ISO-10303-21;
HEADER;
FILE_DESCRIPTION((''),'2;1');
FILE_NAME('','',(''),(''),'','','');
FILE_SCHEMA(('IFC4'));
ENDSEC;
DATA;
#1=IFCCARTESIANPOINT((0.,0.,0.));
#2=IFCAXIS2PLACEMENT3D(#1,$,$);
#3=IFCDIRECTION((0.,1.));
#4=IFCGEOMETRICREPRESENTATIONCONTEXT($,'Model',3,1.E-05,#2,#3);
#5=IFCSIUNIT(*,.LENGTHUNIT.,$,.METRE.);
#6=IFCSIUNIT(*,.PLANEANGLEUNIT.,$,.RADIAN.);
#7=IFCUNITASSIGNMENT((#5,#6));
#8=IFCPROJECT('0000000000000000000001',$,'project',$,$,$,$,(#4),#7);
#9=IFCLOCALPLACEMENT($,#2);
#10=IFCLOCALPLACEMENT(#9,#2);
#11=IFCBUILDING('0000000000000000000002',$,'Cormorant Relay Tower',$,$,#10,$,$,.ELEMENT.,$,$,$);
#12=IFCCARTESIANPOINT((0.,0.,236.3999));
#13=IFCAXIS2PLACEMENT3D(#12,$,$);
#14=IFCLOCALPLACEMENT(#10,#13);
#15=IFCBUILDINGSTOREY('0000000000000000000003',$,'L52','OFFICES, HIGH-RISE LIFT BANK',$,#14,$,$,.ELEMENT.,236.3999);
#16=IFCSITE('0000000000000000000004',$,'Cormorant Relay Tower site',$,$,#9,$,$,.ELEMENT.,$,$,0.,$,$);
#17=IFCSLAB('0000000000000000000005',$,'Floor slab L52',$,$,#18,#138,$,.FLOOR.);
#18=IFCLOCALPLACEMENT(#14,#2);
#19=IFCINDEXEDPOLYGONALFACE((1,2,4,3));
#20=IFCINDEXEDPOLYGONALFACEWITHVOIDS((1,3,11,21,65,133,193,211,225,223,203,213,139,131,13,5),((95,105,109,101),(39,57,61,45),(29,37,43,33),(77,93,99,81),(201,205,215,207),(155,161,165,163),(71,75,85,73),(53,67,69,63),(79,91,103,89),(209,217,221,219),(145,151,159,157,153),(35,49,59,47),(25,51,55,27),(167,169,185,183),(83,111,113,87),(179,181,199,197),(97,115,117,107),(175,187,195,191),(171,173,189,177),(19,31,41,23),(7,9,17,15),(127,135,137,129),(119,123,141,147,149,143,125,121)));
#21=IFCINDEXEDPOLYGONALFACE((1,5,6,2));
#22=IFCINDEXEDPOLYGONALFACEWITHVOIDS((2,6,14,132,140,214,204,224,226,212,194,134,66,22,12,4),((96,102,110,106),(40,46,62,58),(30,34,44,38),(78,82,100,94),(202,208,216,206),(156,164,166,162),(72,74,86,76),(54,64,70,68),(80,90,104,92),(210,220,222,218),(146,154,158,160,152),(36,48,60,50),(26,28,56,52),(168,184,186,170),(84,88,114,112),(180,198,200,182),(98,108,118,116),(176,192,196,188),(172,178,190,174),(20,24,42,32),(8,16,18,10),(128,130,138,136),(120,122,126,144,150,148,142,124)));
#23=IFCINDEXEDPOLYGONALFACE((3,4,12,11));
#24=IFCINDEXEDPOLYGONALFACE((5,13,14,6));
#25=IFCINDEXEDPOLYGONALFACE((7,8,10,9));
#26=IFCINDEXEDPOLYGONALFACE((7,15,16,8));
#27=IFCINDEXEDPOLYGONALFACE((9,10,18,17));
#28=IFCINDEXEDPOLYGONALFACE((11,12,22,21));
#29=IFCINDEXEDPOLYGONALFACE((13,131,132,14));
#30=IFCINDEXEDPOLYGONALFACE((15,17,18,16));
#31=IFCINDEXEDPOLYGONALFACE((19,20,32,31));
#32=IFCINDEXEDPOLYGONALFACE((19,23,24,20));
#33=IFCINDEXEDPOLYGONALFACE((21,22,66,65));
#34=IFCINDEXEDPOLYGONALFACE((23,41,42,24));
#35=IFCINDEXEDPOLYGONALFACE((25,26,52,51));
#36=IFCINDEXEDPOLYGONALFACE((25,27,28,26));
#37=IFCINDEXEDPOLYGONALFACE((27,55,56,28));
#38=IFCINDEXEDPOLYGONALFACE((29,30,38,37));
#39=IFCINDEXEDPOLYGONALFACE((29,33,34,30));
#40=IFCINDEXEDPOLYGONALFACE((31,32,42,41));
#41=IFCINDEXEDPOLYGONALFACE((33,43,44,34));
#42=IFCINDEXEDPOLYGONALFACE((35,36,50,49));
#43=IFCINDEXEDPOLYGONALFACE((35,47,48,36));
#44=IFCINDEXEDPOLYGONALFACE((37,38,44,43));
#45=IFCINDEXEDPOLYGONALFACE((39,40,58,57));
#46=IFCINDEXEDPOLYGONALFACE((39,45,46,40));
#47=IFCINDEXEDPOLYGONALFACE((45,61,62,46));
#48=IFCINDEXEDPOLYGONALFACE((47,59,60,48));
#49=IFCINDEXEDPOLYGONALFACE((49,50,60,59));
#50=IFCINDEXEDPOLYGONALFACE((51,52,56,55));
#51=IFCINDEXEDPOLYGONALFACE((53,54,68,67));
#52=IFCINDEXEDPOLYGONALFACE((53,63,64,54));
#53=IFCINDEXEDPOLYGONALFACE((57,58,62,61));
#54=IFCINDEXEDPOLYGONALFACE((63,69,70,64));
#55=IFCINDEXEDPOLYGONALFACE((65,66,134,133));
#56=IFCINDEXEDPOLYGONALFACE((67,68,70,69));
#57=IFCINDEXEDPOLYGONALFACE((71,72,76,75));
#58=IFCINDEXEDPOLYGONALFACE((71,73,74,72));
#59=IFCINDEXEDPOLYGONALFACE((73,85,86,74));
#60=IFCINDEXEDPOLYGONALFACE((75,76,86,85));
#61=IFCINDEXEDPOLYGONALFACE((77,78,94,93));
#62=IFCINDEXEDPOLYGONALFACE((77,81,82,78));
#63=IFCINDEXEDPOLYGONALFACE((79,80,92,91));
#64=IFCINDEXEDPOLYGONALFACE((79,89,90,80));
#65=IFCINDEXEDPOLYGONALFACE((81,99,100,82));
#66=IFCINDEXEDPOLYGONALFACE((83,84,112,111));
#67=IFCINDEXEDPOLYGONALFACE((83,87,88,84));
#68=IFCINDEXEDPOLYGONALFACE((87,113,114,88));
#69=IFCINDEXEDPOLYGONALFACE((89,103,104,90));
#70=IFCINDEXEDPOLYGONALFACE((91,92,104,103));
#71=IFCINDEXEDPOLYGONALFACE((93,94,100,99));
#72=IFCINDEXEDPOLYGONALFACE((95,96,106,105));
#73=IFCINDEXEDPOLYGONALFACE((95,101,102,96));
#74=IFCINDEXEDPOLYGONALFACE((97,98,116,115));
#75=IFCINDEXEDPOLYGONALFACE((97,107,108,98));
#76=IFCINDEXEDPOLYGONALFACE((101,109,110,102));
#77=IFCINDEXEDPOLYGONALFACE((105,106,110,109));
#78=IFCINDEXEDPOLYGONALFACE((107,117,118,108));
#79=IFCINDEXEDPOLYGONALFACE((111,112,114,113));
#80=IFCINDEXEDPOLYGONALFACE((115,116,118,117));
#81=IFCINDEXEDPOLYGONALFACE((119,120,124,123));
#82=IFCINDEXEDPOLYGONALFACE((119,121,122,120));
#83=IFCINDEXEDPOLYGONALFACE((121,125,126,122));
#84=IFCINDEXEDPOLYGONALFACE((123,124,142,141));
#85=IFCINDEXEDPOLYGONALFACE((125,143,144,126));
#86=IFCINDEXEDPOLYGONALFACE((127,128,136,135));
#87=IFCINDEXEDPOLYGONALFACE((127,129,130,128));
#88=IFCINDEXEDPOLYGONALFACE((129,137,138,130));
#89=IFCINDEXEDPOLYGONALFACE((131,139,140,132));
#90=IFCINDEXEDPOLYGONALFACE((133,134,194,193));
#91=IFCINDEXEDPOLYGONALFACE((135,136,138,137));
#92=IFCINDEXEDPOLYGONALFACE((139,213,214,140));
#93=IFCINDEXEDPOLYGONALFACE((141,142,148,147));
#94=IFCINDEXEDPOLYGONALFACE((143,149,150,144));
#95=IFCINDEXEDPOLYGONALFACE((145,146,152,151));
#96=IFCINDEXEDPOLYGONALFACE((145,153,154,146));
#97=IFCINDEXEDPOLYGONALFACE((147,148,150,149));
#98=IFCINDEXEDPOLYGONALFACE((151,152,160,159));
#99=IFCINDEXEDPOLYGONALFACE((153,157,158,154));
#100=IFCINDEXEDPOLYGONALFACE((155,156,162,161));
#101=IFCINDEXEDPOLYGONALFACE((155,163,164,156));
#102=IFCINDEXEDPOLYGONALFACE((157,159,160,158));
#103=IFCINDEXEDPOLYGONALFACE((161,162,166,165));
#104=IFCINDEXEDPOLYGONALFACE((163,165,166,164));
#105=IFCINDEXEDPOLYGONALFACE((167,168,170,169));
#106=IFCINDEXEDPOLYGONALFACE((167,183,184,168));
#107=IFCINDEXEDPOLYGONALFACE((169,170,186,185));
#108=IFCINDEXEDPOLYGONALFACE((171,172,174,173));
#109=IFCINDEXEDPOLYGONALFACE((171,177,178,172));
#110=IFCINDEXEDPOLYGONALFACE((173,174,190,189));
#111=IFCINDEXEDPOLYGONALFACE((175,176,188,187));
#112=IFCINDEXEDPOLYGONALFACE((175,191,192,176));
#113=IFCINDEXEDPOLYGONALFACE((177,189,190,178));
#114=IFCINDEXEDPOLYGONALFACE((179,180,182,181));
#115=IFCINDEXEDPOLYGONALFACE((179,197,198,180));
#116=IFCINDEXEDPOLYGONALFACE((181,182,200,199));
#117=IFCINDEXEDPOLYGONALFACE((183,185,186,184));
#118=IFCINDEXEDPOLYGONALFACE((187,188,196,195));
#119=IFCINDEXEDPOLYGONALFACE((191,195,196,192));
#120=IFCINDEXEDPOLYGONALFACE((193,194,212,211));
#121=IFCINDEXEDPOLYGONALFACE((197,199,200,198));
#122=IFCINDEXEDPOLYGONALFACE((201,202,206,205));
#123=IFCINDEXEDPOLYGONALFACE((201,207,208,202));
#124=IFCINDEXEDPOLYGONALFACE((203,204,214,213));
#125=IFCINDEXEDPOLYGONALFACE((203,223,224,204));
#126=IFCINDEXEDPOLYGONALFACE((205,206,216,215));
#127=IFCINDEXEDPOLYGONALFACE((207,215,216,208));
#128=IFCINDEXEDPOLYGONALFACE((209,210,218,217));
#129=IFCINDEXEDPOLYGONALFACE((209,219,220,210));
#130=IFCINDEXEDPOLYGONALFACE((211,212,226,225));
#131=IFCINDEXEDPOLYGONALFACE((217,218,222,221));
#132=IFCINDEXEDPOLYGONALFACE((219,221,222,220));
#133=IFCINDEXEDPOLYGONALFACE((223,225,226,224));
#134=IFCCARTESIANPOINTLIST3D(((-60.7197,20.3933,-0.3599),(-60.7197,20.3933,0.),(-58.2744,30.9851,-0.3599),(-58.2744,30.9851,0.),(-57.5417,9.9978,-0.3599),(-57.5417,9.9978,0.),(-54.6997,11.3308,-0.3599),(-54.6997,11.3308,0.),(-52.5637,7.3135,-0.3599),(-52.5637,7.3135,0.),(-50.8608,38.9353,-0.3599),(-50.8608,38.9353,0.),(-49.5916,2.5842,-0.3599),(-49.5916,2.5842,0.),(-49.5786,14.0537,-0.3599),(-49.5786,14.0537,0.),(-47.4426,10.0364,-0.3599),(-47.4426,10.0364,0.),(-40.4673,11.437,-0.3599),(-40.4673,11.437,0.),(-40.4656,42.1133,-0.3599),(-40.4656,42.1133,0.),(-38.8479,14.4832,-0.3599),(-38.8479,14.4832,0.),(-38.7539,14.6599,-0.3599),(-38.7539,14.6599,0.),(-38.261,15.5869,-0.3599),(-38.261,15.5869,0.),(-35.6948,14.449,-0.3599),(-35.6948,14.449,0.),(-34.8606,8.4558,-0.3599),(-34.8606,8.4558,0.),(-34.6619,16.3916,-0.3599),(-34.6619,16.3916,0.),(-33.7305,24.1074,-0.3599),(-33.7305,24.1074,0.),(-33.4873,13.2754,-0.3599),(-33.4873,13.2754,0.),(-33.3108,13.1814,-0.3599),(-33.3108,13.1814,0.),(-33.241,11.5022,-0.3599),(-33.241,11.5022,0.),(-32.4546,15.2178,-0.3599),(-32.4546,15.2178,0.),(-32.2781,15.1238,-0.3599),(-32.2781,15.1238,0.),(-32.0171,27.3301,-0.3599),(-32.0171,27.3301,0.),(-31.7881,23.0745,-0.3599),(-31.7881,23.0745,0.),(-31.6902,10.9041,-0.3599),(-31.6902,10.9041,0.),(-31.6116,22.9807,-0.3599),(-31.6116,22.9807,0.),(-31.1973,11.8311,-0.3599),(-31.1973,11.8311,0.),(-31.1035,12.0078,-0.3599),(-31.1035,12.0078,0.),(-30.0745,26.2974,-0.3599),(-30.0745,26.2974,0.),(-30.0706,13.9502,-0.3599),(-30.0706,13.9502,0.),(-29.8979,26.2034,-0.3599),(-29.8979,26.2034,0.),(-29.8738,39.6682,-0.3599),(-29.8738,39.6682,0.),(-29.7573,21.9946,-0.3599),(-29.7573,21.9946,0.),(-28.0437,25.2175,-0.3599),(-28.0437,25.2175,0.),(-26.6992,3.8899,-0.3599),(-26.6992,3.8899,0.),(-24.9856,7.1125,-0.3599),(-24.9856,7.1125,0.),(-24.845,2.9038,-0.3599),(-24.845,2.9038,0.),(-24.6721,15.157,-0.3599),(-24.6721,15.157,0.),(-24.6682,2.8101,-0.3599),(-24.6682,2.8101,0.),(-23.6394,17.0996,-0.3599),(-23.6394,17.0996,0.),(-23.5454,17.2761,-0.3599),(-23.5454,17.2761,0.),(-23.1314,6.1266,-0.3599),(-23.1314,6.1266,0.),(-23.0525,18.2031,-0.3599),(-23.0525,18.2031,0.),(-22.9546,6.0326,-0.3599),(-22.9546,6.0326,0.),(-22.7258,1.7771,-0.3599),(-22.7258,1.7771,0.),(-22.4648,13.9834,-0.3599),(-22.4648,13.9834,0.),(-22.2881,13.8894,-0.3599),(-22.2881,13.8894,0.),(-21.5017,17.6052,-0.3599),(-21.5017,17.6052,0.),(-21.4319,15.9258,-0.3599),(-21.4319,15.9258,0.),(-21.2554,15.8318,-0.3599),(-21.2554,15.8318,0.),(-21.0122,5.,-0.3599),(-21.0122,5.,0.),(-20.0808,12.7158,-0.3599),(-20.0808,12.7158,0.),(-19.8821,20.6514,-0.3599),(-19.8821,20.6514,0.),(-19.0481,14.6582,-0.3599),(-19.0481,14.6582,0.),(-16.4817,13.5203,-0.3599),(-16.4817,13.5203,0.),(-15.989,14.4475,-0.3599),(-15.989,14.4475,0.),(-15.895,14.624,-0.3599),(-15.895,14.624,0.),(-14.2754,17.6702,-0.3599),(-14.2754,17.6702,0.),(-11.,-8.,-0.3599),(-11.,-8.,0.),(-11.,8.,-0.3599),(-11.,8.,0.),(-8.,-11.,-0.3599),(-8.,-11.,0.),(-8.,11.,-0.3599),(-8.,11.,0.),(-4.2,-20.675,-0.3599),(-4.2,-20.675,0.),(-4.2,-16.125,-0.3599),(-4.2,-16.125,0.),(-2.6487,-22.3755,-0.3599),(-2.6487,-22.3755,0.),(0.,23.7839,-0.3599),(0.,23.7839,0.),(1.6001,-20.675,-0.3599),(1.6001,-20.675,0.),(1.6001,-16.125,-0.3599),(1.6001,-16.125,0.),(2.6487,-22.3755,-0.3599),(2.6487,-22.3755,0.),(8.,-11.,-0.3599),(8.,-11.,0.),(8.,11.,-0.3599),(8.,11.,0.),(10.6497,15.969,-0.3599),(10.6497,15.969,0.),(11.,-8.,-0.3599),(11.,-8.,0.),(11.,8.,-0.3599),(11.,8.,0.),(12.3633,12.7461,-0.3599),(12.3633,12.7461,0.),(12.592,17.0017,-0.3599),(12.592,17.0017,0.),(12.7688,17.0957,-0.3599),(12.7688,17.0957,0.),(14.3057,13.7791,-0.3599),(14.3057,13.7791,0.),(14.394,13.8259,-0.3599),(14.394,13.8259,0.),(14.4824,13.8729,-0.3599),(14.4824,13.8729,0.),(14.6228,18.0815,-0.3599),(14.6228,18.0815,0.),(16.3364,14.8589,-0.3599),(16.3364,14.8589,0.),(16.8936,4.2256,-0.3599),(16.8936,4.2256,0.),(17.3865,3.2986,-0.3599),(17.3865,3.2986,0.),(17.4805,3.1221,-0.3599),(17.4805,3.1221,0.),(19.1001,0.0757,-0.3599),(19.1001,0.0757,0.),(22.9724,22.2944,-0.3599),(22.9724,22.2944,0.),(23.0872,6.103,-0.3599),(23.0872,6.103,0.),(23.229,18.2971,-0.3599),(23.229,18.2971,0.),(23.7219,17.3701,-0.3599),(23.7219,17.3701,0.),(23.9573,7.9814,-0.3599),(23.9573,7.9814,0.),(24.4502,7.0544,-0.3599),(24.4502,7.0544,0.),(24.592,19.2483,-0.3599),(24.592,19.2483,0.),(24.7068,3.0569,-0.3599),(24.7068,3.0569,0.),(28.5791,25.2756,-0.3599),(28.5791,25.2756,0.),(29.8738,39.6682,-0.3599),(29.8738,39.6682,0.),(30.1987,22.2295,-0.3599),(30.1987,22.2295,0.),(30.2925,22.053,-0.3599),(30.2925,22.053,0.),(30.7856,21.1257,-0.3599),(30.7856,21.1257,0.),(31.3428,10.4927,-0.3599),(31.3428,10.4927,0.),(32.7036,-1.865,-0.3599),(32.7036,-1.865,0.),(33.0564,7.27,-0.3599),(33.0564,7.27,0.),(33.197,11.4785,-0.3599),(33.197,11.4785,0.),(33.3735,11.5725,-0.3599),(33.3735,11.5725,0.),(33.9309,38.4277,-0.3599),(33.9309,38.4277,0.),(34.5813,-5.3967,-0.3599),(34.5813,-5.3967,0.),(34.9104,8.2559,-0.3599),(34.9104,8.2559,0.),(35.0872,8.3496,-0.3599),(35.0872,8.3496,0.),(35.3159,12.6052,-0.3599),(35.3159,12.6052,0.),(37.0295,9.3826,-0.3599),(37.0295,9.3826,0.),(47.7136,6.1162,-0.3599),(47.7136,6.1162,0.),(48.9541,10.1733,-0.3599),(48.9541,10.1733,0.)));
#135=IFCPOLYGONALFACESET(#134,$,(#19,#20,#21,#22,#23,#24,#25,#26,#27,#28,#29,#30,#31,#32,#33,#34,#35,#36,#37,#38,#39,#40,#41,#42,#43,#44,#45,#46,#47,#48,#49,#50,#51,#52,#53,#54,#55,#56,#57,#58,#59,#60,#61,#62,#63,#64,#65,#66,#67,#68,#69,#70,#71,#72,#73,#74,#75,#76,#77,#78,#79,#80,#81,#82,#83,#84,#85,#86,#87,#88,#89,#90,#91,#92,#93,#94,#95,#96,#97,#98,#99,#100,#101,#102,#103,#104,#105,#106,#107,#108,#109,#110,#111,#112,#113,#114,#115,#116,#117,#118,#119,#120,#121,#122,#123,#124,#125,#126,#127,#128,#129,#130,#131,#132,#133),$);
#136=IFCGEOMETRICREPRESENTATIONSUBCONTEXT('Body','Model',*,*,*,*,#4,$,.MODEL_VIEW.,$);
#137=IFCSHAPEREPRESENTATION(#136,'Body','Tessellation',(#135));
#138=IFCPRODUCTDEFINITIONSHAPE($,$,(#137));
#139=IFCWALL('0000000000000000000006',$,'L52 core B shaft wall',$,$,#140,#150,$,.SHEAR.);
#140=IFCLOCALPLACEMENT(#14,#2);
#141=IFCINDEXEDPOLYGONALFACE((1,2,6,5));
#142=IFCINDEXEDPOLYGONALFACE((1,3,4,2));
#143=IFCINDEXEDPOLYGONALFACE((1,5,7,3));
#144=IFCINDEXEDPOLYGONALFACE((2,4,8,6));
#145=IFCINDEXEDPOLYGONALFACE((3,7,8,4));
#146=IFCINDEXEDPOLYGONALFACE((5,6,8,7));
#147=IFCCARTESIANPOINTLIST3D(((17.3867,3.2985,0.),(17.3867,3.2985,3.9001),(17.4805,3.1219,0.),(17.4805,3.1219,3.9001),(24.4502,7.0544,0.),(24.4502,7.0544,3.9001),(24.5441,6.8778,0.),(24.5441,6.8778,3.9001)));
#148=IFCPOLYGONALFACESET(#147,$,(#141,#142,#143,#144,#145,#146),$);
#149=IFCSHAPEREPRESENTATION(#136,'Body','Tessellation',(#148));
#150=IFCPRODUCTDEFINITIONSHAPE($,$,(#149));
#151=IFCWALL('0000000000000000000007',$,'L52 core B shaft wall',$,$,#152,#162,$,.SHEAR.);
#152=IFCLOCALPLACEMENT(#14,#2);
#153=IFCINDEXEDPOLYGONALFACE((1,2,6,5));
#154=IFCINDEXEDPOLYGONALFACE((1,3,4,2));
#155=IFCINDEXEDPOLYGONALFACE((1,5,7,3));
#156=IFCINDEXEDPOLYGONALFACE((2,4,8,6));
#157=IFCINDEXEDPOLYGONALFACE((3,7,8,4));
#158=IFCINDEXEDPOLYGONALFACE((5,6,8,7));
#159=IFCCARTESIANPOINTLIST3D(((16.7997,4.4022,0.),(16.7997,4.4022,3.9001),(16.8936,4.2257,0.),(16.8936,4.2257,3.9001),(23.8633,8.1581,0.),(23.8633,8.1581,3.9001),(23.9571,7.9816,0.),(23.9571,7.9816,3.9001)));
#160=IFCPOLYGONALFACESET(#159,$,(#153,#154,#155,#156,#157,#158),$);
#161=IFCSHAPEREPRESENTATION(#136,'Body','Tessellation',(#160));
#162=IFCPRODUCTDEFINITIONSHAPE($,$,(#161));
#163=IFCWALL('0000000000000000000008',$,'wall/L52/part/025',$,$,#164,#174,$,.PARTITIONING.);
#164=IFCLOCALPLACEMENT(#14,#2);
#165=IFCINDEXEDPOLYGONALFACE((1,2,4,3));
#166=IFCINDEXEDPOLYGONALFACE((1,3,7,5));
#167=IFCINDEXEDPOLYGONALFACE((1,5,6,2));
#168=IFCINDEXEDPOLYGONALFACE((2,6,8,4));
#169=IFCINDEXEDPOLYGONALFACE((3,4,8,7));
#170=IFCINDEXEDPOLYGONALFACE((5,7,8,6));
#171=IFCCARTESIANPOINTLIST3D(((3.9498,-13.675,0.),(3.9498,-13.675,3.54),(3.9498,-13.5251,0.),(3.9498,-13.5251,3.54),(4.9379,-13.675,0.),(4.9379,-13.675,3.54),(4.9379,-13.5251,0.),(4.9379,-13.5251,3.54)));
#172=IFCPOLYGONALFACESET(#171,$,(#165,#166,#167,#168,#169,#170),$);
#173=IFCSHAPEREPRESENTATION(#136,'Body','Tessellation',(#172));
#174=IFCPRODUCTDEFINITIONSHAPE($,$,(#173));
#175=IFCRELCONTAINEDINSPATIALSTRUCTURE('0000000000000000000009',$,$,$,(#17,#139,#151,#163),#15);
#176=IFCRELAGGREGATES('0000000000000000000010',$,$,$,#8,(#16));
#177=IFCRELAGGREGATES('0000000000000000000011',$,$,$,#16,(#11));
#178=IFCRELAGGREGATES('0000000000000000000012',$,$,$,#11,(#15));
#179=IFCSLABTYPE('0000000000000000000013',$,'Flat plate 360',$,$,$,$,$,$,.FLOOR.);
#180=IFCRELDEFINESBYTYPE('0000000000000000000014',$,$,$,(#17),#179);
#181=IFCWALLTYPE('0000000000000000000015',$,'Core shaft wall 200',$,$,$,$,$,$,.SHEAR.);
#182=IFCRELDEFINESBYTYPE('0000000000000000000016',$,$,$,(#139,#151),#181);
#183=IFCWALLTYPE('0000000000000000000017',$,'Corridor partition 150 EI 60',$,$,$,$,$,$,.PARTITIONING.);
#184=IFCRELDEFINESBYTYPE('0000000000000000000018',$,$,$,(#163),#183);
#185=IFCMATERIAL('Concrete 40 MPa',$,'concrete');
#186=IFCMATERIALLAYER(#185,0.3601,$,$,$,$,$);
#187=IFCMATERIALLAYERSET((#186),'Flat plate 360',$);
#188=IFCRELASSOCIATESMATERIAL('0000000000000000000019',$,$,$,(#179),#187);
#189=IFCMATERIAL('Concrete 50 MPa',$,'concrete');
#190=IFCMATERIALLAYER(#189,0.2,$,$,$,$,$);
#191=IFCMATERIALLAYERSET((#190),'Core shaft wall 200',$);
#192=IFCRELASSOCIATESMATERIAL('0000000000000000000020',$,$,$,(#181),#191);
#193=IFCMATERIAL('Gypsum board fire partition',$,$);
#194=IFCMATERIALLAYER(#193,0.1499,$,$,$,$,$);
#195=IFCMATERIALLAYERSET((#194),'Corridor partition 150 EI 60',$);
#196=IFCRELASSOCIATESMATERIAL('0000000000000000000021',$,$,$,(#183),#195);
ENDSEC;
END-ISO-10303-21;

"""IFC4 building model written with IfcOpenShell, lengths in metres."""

from ifc_helpers import new_model, si_unit, direction, frame, frame_2d, origin, place, context, subcontext, project, spatial, polyline, rectangle, outline, extrude, material, layer, layer_set, type_object, element, save


model = new_model("IFC4")

# Units and contexts
model_context = context("Model", 3, precision=1e-05, world=origin(), true_north=direction((0.0, 1.0)))
body_context = subcontext(model_context, "Body", "Model", "MODEL_VIEW")
ifc_project = project(units=[si_unit("LENGTHUNIT", "METRE"), si_unit("PLANEANGLEUNIT", "RADIAN")], contexts=[model_context])

# Site, building, storey
site_placement = place(None, origin())
site = spatial("IfcSite", under=ifc_project, at=site_placement, Name="Cormorant Relay Tower site", CompositionType="ELEMENT", RefElevation=0.0)
building_placement = place(site_placement, origin())
building = spatial("IfcBuilding", under=site, at=building_placement, Name="Cormorant Relay Tower", CompositionType="ELEMENT")
storey_placement = place(building_placement, frame((0.0, 0.0, 236.3999)))
storey = spatial("IfcBuildingStorey", under=building, at=storey_placement, Name="L52", Description="OFFICES, HIGH-RISE LIFT BANK", CompositionType="ELEMENT", Elevation=236.3999)

# Slab
ifc_material_1 = material(Name="Concrete 40 MPa", Category="concrete")
ifc_layer_1 = layer(ifc_material_1, 0.3601)
ifc_layer_set_1 = layer_set([ifc_layer_1], Name="Flat plate 360")
slab_type_1 = type_object("IfcSlabType", Name="Flat plate 360", PredefinedType="FLOOR", material=ifc_layer_set_1)
slab_1_placement = place(storey_placement, frame((0.0, 0.0, -0.3599)))
element("IfcSlab", 1, at=slab_1_placement, inside=storey, type_object=slab_type_1, Name="Floor slab L52", PredefinedType="FLOOR", context=body_context, shape_type="SweptSolid", body=[
    extrude(outline(polyline([(-60.7197, 20.3933), (-58.2744, 30.9851), (-50.8608, 38.9353), (-40.4656, 42.1133), (-29.8738, 39.6682), (0.0, 23.7839), (29.8738, 39.6682), (33.9309, 38.4277), (48.9541, 10.1733), (47.7136, 6.1162), (32.7036, -1.865), (34.5813, -5.3967), (2.6487, -22.3755), (-2.6487, -22.3755), (-49.5916, 2.5842), (-57.5417, 9.9978), (-60.7197, 20.3933)]), holes=[polyline([(11.0, -8.0), (11.0, 8.0), (8.0, 11.0), (-8.0, 11.0), (-11.0, 8.0), (-11.0, -8.0), (-8.0, -11.0), (8.0, -11.0), (11.0, -8.0)]), polyline([(-22.9546, 6.0327), (-24.6682, 2.8101), (-22.7258, 1.7771), (-21.0122, 5.0), (-23.043, 6.0796), (-22.9546, 6.0327)]), polyline([(-24.9856, 7.1125), (-26.6992, 3.8899), (-24.845, 2.9038), (-23.1313, 6.1267), (-23.043, 6.0796), (-24.9856, 7.1125)]), polyline([(-54.6997, 11.3308), (-52.5637, 7.3135), (-47.4426, 10.0364), (-49.5786, 14.0537), (-54.6997, 11.3308)]), polyline([(-33.241, 11.5022), (-38.8479, 14.4832), (-40.4673, 11.437), (-34.8606, 8.4558), (-33.241, 11.5022)]), polyline([(-38.261, 15.5869), (-38.7539, 14.6599), (-31.6902, 10.9041), (-31.1973, 11.8311), (-38.261, 15.5869)]), polyline([(-31.1035, 12.0078), (-30.0706, 13.9502), (-32.2781, 15.1238), (-33.3108, 13.1814), (-31.1035, 12.0078)]), polyline([(-22.2881, 13.8894), (-20.0808, 12.7158), (-19.0481, 14.6582), (-21.2554, 15.8318), (-22.2881, 13.8894)]), polyline([(-34.6619, 16.3916), (-35.6948, 14.449), (-33.4873, 13.2754), (-32.4546, 15.2178), (-34.6619, 16.3916)]), polyline([(-22.4648, 13.9834), (-21.4319, 15.9258), (-23.6394, 17.0996), (-24.6721, 15.157), (-22.4648, 13.9834)]), polyline([(-31.6116, 22.9807), (-29.7573, 21.9946), (-28.0437, 25.2175), (-29.8979, 26.2034), (-31.6116, 22.9807)]), polyline([(-32.0171, 27.3301), (-33.7305, 24.1074), (-31.7881, 23.0745), (-30.0745, 26.2974), (-32.0171, 27.3301)]), polyline([(-4.2, -16.125), (-4.2, -20.675), (1.6001, -20.675), (1.6001, -16.125), (-4.2, -16.125)]), polyline([(17.4805, 3.1221), (19.1001, 0.0757), (24.7068, 3.0569), (23.0872, 6.103), (17.4805, 3.1221)]), polyline([(17.3865, 3.2986), (24.4502, 7.0544), (23.9573, 7.9814), (16.8936, 4.2256), (17.3865, 3.2986)]), polyline([(33.197, 11.4785), (31.3428, 10.4927), (33.0564, 7.27), (34.9104, 8.2559), (33.197, 11.4785)]), polyline([(33.3735, 11.5725), (35.0872, 8.3496), (37.0295, 9.3826), (35.3159, 12.6052), (33.3735, 11.5725)]), polyline([(14.3057, 13.7791), (12.592, 17.0017), (10.6497, 15.969), (12.3633, 12.7461), (14.394, 13.8259), (14.3057, 13.7791)]), polyline([(16.3364, 14.8589), (14.6228, 18.0815), (12.7688, 17.0957), (14.4824, 13.8728), (14.394, 13.8259), (16.3364, 14.8589)]), polyline([(-16.4817, 13.5203), (-15.989, 14.4475), (-23.0525, 18.2031), (-23.5454, 17.2761), (-16.4817, 13.5203)]), polyline([(-15.895, 14.624), (-14.2754, 17.6702), (-19.8821, 20.6514), (-21.5017, 17.6052), (-15.895, 14.624)]), polyline([(30.7856, 21.1257), (30.2925, 22.053), (23.229, 18.2971), (23.7219, 17.3701), (30.7856, 21.1257)]), polyline([(24.592, 19.2483), (30.1987, 22.2295), (28.5791, 25.2756), (22.9724, 22.2944), (24.592, 19.2483)])]), origin(), (0.0, 0.0, 1.0), 0.3599),
])

# Walls
ifc_material_2 = material(Name="Concrete 50 MPa", Category="concrete")
ifc_layer_2 = layer(ifc_material_2, 0.2)
ifc_layer_set_2 = layer_set([ifc_layer_2], Name="Core shaft wall 200")
wall_type_1 = type_object("IfcWallType", Name="Core shaft wall 200", PredefinedType="SHEAR", material=ifc_layer_set_2)
for number, where, z_axis, x_axis, name in (
    (2, (17.4336, 3.2102, 0.0), (0.0, 0.0, 1.0), (0.88294, 0.469485, 0.0), "L52 core B shaft wall"),
    (3, (16.8467, 4.314, 0.0), (0.0, 0.0, 1.0), (0.88294, 0.469485, 0.0), "L52 core B shaft wall"),
):
    element("IfcWall", number, at=place(storey_placement, frame(where, z_axis=z_axis, x_axis=x_axis)), inside=storey, type_object=wall_type_1, Name=name, PredefinedType="SHEAR", context=body_context, shape_type="SweptSolid", body=[
        extrude(rectangle(XDim=8.0, YDim=0.2, at=frame_2d((4.0, 0.0))), origin(), (0.0, 0.0, 1.0), 3.9001),
    ])
ifc_material_3 = material(Name="Gypsum board fire partition")
ifc_layer_3 = layer(ifc_material_3, 0.1499)
ifc_layer_set_3 = layer_set([ifc_layer_3], Name="Corridor partition 150 EI 60")
wall_type_2 = type_object("IfcWallType", Name="Corridor partition 150 EI 60", PredefinedType="PARTITIONING", material=ifc_layer_set_3)
wall_1_placement = place(storey_placement, frame((4.938, -13.6001, 0.0), z_axis=(0.0, 0.0, 1.0), x_axis=(-1.0, 0.0, 0.0)))
element("IfcWall", 4, at=wall_1_placement, inside=storey, type_object=wall_type_2, Name="wall/L52/part/025", PredefinedType="PARTITIONING", context=body_context, shape_type="SweptSolid", body=[
    extrude(rectangle(XDim=0.988, YDim=0.1499, at=frame_2d((0.4941, 0.0))), origin(), (0.0, 0.0, 1.0), 3.54),
])

save(model, "model.ifc")
